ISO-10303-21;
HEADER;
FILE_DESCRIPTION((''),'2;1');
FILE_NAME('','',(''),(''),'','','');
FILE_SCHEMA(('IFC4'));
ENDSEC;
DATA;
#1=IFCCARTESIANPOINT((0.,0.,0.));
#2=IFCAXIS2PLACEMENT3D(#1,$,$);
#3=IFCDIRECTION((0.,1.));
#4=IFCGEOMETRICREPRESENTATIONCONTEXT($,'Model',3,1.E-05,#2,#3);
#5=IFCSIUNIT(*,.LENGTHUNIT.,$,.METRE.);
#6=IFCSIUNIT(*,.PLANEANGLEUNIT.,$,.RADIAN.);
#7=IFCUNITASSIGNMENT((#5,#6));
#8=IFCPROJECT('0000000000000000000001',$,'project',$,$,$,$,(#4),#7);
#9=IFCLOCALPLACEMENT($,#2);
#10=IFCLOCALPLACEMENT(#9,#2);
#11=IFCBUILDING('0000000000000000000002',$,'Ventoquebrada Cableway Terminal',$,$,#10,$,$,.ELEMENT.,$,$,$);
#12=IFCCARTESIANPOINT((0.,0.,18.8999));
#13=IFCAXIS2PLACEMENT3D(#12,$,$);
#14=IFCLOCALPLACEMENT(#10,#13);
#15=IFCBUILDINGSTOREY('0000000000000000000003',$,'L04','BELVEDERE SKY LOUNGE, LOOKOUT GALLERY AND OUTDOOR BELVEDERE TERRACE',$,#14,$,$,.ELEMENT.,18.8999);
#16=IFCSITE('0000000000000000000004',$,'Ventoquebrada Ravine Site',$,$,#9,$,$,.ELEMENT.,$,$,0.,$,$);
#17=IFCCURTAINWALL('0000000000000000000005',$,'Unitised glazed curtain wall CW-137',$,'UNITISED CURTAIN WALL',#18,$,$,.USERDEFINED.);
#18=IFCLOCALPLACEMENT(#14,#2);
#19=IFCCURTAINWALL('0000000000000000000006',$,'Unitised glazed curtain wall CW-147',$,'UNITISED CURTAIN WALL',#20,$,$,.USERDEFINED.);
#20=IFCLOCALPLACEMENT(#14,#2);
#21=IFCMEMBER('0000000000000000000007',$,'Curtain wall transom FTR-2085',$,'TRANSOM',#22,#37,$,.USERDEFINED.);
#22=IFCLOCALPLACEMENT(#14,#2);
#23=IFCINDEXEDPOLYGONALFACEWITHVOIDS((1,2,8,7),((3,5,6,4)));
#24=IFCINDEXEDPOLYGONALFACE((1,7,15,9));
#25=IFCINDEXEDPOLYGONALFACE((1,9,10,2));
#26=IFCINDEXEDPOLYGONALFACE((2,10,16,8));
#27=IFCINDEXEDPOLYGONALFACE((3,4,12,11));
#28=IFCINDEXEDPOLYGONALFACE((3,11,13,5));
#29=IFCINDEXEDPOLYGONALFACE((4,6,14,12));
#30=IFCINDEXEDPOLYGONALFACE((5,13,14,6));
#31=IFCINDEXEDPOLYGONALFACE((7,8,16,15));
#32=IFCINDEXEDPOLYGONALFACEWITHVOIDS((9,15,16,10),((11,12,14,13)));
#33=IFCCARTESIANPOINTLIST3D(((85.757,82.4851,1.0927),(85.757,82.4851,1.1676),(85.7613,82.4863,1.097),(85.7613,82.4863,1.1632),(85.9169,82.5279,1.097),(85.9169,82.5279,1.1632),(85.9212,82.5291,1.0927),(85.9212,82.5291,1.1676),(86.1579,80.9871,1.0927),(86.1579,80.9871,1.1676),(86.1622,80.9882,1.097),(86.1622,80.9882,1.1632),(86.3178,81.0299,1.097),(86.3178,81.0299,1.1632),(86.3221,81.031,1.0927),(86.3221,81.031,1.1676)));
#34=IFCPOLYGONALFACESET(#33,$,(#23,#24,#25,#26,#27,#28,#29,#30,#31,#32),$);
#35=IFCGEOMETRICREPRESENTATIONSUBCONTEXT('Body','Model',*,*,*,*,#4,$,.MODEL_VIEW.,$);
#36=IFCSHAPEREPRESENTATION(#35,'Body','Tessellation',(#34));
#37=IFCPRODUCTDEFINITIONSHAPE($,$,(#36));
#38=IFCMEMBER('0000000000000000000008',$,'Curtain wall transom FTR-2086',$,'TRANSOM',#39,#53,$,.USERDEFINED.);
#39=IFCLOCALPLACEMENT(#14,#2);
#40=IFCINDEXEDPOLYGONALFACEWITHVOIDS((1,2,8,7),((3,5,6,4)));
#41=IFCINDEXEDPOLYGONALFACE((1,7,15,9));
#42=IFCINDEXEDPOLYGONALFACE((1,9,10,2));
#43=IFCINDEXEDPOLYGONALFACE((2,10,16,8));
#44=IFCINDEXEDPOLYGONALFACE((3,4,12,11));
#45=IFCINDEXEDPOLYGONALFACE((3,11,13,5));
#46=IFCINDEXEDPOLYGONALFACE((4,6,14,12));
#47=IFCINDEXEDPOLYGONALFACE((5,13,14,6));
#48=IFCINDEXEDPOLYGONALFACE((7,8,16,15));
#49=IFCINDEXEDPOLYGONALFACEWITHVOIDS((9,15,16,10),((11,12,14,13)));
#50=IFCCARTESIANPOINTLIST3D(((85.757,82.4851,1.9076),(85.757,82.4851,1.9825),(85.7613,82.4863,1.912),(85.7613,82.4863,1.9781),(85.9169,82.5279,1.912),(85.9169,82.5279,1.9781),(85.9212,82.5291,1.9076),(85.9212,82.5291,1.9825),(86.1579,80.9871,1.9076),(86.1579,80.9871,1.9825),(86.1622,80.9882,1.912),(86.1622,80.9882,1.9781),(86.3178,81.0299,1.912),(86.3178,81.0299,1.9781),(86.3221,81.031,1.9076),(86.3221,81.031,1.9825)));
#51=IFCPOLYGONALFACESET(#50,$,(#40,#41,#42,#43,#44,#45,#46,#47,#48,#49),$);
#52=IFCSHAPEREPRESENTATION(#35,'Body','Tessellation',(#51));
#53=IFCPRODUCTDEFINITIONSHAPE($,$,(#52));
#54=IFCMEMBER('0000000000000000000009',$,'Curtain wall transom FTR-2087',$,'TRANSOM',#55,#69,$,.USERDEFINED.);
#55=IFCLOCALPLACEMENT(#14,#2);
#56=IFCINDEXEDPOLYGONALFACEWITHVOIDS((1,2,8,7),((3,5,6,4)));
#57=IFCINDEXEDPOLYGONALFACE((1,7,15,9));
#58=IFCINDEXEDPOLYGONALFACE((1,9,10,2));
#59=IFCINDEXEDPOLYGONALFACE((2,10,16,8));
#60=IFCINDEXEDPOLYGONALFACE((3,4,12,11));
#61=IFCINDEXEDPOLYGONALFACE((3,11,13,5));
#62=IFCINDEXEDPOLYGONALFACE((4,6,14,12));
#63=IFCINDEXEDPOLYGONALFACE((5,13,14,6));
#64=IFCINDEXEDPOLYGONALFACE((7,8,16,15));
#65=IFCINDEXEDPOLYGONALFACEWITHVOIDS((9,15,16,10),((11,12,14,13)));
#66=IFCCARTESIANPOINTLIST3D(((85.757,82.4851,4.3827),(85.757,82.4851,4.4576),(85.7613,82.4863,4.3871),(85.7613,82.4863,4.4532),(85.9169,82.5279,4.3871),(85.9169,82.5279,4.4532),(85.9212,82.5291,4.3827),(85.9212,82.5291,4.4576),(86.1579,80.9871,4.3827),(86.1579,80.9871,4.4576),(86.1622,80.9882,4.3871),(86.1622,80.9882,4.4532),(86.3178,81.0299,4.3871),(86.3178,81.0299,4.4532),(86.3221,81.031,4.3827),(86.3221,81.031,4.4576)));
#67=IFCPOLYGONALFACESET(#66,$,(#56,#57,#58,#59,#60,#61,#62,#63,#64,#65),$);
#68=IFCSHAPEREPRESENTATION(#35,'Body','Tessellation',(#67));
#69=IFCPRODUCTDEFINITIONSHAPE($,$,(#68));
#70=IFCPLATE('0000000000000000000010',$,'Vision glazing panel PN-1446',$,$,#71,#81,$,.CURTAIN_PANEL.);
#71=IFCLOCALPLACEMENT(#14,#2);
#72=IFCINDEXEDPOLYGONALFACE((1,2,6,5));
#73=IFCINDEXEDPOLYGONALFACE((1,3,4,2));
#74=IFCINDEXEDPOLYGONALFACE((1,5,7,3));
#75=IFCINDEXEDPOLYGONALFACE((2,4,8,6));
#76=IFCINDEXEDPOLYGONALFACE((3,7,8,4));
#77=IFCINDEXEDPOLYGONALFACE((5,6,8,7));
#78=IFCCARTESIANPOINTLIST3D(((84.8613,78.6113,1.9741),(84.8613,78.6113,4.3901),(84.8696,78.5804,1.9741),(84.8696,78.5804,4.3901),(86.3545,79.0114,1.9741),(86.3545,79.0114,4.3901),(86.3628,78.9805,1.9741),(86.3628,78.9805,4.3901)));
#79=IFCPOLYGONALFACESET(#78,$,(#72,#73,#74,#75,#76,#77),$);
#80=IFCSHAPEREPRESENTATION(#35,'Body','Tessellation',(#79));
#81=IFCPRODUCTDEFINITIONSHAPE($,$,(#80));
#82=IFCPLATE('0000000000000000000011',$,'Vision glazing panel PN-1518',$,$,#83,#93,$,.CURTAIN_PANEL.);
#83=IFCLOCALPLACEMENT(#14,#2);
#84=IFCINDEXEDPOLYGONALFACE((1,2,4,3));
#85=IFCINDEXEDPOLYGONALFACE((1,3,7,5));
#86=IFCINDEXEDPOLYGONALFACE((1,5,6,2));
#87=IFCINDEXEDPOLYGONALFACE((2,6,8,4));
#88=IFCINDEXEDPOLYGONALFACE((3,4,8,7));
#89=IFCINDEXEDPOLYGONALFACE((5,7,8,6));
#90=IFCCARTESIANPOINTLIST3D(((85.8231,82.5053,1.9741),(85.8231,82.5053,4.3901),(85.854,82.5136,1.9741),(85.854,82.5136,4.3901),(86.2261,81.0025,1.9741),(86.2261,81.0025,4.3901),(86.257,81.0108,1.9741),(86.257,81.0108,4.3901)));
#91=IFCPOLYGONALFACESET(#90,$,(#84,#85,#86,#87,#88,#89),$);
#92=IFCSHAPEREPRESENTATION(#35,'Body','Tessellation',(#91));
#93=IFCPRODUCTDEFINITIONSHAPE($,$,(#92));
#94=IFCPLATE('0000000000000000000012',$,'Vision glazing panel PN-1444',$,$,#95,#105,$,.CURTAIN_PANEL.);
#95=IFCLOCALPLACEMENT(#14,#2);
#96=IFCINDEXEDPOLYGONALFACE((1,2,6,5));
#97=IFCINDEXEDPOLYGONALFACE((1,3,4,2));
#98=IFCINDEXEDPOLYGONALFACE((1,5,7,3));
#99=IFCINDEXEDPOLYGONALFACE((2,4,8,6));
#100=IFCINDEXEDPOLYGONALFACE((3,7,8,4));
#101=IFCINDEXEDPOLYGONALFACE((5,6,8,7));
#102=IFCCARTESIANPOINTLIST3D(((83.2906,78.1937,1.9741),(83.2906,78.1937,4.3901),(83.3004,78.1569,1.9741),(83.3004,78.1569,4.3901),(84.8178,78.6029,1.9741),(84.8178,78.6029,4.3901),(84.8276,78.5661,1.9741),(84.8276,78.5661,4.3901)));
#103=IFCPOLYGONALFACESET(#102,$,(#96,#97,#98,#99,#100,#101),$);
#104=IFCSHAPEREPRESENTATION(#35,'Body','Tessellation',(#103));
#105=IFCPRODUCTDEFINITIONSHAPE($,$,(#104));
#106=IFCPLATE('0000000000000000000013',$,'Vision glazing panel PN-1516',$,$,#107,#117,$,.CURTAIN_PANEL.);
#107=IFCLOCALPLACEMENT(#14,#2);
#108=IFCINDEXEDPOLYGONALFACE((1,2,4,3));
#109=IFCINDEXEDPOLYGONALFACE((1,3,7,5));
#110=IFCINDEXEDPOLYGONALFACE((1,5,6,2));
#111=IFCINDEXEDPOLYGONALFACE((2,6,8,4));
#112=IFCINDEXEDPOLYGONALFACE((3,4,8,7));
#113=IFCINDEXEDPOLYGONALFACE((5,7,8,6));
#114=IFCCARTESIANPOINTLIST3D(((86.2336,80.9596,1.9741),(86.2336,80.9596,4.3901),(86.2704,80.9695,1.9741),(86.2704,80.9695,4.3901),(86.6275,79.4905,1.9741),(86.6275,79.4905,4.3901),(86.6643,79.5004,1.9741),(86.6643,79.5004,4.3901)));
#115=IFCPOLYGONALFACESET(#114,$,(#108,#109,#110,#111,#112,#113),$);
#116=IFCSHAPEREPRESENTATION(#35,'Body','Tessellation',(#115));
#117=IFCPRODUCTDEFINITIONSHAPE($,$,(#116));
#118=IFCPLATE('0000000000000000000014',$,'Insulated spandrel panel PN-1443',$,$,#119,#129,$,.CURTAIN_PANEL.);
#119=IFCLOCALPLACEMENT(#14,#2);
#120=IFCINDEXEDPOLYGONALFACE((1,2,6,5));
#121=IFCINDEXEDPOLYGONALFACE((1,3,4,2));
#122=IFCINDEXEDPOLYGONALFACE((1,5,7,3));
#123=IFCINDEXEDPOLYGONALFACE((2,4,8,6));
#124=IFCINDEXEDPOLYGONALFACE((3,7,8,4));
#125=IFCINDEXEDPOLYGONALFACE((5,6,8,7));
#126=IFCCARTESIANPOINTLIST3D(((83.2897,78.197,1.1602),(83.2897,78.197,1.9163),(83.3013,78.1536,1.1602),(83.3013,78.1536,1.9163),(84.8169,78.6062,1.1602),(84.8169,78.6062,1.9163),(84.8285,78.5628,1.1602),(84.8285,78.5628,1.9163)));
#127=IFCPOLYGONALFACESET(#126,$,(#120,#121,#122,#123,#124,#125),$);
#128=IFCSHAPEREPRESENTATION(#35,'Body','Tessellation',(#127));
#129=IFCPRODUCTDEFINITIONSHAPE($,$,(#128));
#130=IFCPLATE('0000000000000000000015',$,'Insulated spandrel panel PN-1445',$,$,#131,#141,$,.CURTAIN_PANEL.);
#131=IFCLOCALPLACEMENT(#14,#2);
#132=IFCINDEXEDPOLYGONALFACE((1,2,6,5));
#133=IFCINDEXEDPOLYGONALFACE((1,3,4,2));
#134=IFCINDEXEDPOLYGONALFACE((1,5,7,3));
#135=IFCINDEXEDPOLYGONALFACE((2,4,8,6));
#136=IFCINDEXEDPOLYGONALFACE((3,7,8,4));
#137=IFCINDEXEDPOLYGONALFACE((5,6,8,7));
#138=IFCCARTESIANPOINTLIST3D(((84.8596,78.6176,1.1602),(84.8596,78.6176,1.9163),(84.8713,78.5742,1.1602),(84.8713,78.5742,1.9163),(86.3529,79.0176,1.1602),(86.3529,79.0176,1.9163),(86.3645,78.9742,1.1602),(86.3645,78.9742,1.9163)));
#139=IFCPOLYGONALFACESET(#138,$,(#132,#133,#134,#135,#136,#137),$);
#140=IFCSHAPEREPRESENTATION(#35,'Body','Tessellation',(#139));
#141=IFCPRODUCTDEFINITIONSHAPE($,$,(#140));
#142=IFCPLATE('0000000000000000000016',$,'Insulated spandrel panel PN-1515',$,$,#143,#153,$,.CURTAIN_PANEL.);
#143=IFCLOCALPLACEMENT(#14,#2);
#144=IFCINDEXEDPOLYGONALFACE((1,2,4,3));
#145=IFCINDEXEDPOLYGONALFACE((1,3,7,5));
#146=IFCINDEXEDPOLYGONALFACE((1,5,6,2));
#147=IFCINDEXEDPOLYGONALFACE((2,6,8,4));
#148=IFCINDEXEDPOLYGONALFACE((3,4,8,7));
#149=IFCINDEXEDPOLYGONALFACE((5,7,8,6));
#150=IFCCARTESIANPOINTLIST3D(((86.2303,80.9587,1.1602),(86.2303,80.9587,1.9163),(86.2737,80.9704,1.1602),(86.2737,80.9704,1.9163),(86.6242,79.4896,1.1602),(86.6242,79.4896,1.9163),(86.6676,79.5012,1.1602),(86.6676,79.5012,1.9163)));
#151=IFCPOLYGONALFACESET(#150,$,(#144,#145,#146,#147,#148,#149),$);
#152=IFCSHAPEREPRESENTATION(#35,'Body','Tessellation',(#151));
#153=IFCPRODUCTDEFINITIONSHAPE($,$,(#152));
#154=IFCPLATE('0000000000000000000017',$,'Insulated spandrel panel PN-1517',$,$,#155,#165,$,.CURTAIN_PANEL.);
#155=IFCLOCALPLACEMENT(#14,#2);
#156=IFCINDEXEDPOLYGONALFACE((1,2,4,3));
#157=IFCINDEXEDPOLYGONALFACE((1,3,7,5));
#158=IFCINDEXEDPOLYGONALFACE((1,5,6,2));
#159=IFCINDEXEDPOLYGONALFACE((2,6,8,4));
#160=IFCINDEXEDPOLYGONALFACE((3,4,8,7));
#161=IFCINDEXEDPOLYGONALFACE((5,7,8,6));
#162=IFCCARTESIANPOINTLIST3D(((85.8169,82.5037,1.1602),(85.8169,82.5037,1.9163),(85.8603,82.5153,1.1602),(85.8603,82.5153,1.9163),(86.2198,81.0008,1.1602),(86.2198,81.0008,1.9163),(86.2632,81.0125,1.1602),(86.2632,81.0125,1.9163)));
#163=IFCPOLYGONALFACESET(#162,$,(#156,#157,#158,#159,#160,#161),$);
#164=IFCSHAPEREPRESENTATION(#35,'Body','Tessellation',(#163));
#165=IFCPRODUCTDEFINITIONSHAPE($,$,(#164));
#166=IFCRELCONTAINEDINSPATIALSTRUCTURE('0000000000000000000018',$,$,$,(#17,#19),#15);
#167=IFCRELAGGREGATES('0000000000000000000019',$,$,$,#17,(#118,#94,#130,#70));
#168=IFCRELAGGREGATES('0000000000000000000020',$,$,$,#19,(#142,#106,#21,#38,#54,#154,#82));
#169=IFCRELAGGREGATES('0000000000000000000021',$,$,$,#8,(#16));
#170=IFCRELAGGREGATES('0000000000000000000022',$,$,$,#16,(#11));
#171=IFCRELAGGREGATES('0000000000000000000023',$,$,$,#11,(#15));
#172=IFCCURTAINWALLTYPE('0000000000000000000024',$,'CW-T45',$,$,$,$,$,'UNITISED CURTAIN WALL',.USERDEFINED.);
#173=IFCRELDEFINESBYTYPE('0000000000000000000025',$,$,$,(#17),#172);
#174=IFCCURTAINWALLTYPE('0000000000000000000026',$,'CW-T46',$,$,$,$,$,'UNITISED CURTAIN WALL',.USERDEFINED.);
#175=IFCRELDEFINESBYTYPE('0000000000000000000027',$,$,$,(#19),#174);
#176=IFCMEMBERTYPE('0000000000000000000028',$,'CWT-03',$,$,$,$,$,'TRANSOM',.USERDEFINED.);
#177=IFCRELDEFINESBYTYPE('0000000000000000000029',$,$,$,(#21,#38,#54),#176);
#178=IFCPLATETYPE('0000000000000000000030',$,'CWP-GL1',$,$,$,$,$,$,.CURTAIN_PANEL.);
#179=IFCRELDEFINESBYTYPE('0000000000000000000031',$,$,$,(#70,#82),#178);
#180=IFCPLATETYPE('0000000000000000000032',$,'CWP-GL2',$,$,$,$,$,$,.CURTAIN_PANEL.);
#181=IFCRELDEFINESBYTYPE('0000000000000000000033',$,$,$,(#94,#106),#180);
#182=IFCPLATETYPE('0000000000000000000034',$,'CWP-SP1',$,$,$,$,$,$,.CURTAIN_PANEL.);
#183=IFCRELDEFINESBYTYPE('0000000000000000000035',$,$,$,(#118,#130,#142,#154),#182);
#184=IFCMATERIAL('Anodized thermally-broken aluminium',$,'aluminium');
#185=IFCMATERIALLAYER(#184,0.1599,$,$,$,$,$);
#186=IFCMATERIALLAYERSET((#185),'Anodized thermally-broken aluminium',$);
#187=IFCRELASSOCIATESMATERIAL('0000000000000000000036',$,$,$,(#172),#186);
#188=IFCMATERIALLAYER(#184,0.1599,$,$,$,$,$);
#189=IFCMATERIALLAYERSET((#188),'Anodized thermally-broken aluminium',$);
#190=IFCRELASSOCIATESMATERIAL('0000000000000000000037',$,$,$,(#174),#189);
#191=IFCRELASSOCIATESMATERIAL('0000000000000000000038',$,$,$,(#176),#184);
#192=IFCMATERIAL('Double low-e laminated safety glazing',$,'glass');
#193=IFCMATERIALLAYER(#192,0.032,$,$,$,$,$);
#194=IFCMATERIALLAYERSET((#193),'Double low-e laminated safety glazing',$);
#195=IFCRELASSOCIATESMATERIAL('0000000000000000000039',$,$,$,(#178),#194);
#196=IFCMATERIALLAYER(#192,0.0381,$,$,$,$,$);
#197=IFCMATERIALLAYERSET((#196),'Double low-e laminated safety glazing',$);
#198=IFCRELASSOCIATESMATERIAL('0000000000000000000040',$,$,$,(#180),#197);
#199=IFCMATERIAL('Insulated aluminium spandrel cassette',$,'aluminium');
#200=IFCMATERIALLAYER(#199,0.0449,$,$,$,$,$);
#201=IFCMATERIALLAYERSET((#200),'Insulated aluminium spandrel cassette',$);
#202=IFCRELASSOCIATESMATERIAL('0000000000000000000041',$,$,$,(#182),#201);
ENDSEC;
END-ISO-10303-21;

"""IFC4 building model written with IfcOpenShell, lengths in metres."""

from ifc_helpers import new_model, si_unit, direction, frame, origin, origin_2d, place, context, subcontext, project, spatial, rectangle, hollow_rectangle, extrude, material, layer, layer_set, material_profile, profile_set, type_object, element, aggregate, save


model = new_model("IFC4")

# Units and contexts
model_context = context("Model", 3, precision=1e-05, world=origin(), true_north=direction((0.0, 1.0)))
body_context = subcontext(model_context, "Body", "Model", "MODEL_VIEW")
ifc_project = project(units=[si_unit("LENGTHUNIT", "METRE"), si_unit("PLANEANGLEUNIT", "RADIAN")], contexts=[model_context])

# Site, building, storey
site_placement = place(None, origin())
site = spatial("IfcSite", under=ifc_project, at=site_placement, Name="Ventoquebrada Ravine Site", CompositionType="ELEMENT", RefElevation=0.0)
building_placement = place(site_placement, origin())
building = spatial("IfcBuilding", under=site, at=building_placement, Name="Ventoquebrada Cableway Terminal", CompositionType="ELEMENT")
storey_placement = place(building_placement, frame((0.0, 0.0, 18.8999)))
storey = spatial("IfcBuildingStorey", under=building, at=storey_placement, Name="L04", Description="BELVEDERE SKY LOUNGE, LOOKOUT GALLERY AND OUTDOOR BELVEDERE TERRACE", CompositionType="ELEMENT", Elevation=18.8999)

# Curtain walls
ifc_material_1 = material(Name="Anodized thermally-broken aluminium", Category="aluminium")
ifc_layer_1 = layer(ifc_material_1, 0.1599)
ifc_layer_set_1 = layer_set([ifc_layer_1], Name="Anodized thermally-broken aluminium")
curtain_wall_type_1 = type_object("IfcCurtainWallType", Name="CW-T45", ElementType="UNITISED CURTAIN WALL", PredefinedType="USERDEFINED", material=ifc_layer_set_1)
curtain_wall_1_placement = place(storey_placement, origin())
curtain_wall_1 = element("IfcCurtainWall", 1, at=curtain_wall_1_placement, inside=storey, type_object=curtain_wall_type_1, Name="Unitised glazed curtain wall CW-137", ObjectType="UNITISED CURTAIN WALL", PredefinedType="USERDEFINED")
ifc_layer_2 = layer(ifc_material_1, 0.1599)
ifc_layer_set_2 = layer_set([ifc_layer_2], Name="Anodized thermally-broken aluminium")
curtain_wall_type_2 = type_object("IfcCurtainWallType", Name="CW-T46", ElementType="UNITISED CURTAIN WALL", PredefinedType="USERDEFINED", material=ifc_layer_set_2)
curtain_wall_2_placement = place(storey_placement, origin())
curtain_wall_2 = element("IfcCurtainWall", 2, at=curtain_wall_2_placement, inside=storey, type_object=curtain_wall_type_2, Name="Unitised glazed curtain wall CW-147", ObjectType="UNITISED CURTAIN WALL", PredefinedType="USERDEFINED")

# Members
ifc_material_profile_1 = material_profile(ifc_material_1, hollow_rectangle(XDim=0.075, YDim=0.1699, WallThickness=0.0044, at=origin_2d()), Name="CW-TRN-75X170")
ifc_profile_set_1 = profile_set([ifc_material_profile_1], Name="Anodized thermally-broken aluminium")
member_type_1 = type_object("IfcMemberType", Name="CWT-03", ElementType="TRANSOM", PredefinedType="USERDEFINED", material=ifc_profile_set_1)
member_1_placement = place(storey_placement, frame((86.24, 81.009, 1.1301), z_axis=(-0.258505, 0.96601, 0.0), x_axis=(0.0, 0.0, 1.0)))
member_1 = element("IfcMember", 3, at=member_1_placement, type_object=member_type_1, Name="Curtain wall transom FTR-2085", ObjectType="TRANSOM", PredefinedType="USERDEFINED", context=body_context, shape_type="SweptSolid", body=[
    extrude(hollow_rectangle(XDim=0.075, YDim=0.1699, WallThickness=0.0044, at=origin_2d()), origin(), (0.0, 0.0, 1.0), 1.5508),
])
member_2_placement = place(storey_placement, frame((86.24, 81.009, 1.9451), z_axis=(-0.258505, 0.96601, 0.0), x_axis=(0.0, 0.0, 1.0)))
member_2 = element("IfcMember", 4, at=member_2_placement, type_object=member_type_1, Name="Curtain wall transom FTR-2086", ObjectType="TRANSOM", PredefinedType="USERDEFINED", context=body_context, shape_type="SweptSolid", body=[
    extrude(hollow_rectangle(XDim=0.075, YDim=0.1699, WallThickness=0.0044, at=origin_2d()), origin(), (0.0, 0.0, 1.0), 1.5508),
])
member_3_placement = place(storey_placement, frame((86.24, 81.009, 4.4202), z_axis=(-0.258505, 0.96601, 0.0), x_axis=(0.0, 0.0, 1.0)))
member_3 = element("IfcMember", 5, at=member_3_placement, type_object=member_type_1, Name="Curtain wall transom FTR-2087", ObjectType="TRANSOM", PredefinedType="USERDEFINED", context=body_context, shape_type="SweptSolid", body=[
    extrude(hollow_rectangle(XDim=0.075, YDim=0.1699, WallThickness=0.0044, at=origin_2d()), origin(), (0.0, 0.0, 1.0), 1.5508),
])

# Plates
ifc_material_2 = material(Name="Double low-e laminated safety glazing", Category="glass")
ifc_layer_3 = layer(ifc_material_2, 0.032)
ifc_layer_set_3 = layer_set([ifc_layer_3], Name="Double low-e laminated safety glazing")
plate_type_1 = type_object("IfcPlateType", Name="CWP-GL1", PredefinedType="CURTAIN_PANEL", material=ifc_layer_set_3)
plate_1_placement = place(storey_placement, frame((85.6121, 78.7959, 1.9741), z_axis=(0.0, 0.0, 1.0), x_axis=(0.965935, 0.258785, 0.0)))
plate_1 = element("IfcPlate", 6, at=plate_1_placement, type_object=plate_type_1, Name="Vision glazing panel PN-1446", PredefinedType="CURTAIN_PANEL", context=body_context, shape_type="SweptSolid", body=[
    extrude(rectangle(XDim=1.5459, YDim=0.032, at=origin_2d()), origin(), (0.0, 0.0, 1.0), 2.416),
])
plate_2_placement = place(storey_placement, frame((86.04, 81.7581, 1.9741), z_axis=(0.0, 0.0, 1.0), x_axis=(-0.258971, 0.965885, 0.0)))
plate_2 = element("IfcPlate", 7, at=plate_2_placement, type_object=plate_type_1, Name="Vision glazing panel PN-1518", PredefinedType="CURTAIN_PANEL", context=body_context, shape_type="SweptSolid", body=[
    extrude(rectangle(XDim=1.5559, YDim=0.032, at=origin_2d()), origin(), (0.0, 0.0, 1.0), 2.416),
])
ifc_layer_4 = layer(ifc_material_2, 0.0381)
ifc_layer_set_4 = layer_set([ifc_layer_4], Name="Double low-e laminated safety glazing")
plate_type_2 = type_object("IfcPlateType", Name="CWP-GL2", PredefinedType="CURTAIN_PANEL", material=ifc_layer_set_4)
plate_3_placement = place(storey_placement, frame((84.0591, 78.3799, 1.9741), z_axis=(0.0, 0.0, 1.0), x_axis=(0.965935, 0.258785, 0.0)))
plate_3 = element("IfcPlate", 8, at=plate_3_placement, type_object=plate_type_2, Name="Vision glazing panel PN-1444", PredefinedType="CURTAIN_PANEL", context=body_context, shape_type="SweptSolid", body=[
    extrude(rectangle(XDim=1.5811, YDim=0.0381, at=origin_2d()), origin(), (0.0, 0.0, 1.0), 2.416),
])
plate_4_placement = place(storey_placement, frame((86.449, 80.23, 1.9741), z_axis=(0.0, 0.0, 1.0), x_axis=(-0.258971, 0.965885, 0.0)))
plate_4 = element("IfcPlate", 9, at=plate_4_placement, type_object=plate_type_2, Name="Vision glazing panel PN-1516", PredefinedType="CURTAIN_PANEL", context=body_context, shape_type="SweptSolid", body=[
    extrude(rectangle(XDim=1.521, YDim=0.0381, at=origin_2d()), origin(), (0.0, 0.0, 1.0), 2.416),
])
ifc_material_3 = material(Name="Insulated aluminium spandrel cassette", Category="aluminium")
ifc_layer_5 = layer(ifc_material_3, 0.0449)
ifc_layer_set_5 = layer_set([ifc_layer_5], Name="Insulated aluminium spandrel cassette")
plate_type_3 = type_object("IfcPlateType", Name="CWP-SP1", PredefinedType="CURTAIN_PANEL", material=ifc_layer_set_5)
plate_5_placement = place(storey_placement, frame((84.0591, 78.3799, 1.1602), z_axis=(0.0, 0.0, 1.0), x_axis=(0.965935, 0.258785, 0.0)))
plate_5 = element("IfcPlate", 10, at=plate_5_placement, type_object=plate_type_3, Name="Insulated spandrel panel PN-1443", PredefinedType="CURTAIN_PANEL", context=body_context, shape_type="SweptSolid", body=[
    extrude(rectangle(XDim=1.5811, YDim=0.0449, at=origin_2d()), origin(), (0.0, 0.0, 1.0), 0.7561),
])
plate_6_placement = place(storey_placement, frame((85.6121, 78.7959, 1.1602), z_axis=(0.0, 0.0, 1.0), x_axis=(0.965935, 0.258785, 0.0)))
plate_6 = element("IfcPlate", 11, at=plate_6_placement, type_object=plate_type_3, Name="Insulated spandrel panel PN-1445", PredefinedType="CURTAIN_PANEL", context=body_context, shape_type="SweptSolid", body=[
    extrude(rectangle(XDim=1.5459, YDim=0.0449, at=origin_2d()), origin(), (0.0, 0.0, 1.0), 0.7561),
])
aggregate(curtain_wall_1, [plate_5, plate_3, plate_6, plate_1])
plate_7_placement = place(storey_placement, frame((86.449, 80.23, 1.1602), z_axis=(0.0, 0.0, 1.0), x_axis=(-0.258971, 0.965885, 0.0)))
plate_7 = element("IfcPlate", 12, at=plate_7_placement, type_object=plate_type_3, Name="Insulated spandrel panel PN-1515", PredefinedType="CURTAIN_PANEL", context=body_context, shape_type="SweptSolid", body=[
    extrude(rectangle(XDim=1.521, YDim=0.0449, at=origin_2d()), origin(), (0.0, 0.0, 1.0), 0.7561),
])
plate_8_placement = place(storey_placement, frame((86.04, 81.7581, 1.1602), z_axis=(0.0, 0.0, 1.0), x_axis=(-0.258971, 0.965885, 0.0)))
plate_8 = element("IfcPlate", 13, at=plate_8_placement, type_object=plate_type_3, Name="Insulated spandrel panel PN-1517", PredefinedType="CURTAIN_PANEL", context=body_context, shape_type="SweptSolid", body=[
    extrude(rectangle(XDim=1.5559, YDim=0.0449, at=origin_2d()), origin(), (0.0, 0.0, 1.0), 0.7561),
])
aggregate(curtain_wall_2, [plate_7, plate_4, member_1, member_2, member_3, plate_8, plate_2])

save(model, "model.ifc")
